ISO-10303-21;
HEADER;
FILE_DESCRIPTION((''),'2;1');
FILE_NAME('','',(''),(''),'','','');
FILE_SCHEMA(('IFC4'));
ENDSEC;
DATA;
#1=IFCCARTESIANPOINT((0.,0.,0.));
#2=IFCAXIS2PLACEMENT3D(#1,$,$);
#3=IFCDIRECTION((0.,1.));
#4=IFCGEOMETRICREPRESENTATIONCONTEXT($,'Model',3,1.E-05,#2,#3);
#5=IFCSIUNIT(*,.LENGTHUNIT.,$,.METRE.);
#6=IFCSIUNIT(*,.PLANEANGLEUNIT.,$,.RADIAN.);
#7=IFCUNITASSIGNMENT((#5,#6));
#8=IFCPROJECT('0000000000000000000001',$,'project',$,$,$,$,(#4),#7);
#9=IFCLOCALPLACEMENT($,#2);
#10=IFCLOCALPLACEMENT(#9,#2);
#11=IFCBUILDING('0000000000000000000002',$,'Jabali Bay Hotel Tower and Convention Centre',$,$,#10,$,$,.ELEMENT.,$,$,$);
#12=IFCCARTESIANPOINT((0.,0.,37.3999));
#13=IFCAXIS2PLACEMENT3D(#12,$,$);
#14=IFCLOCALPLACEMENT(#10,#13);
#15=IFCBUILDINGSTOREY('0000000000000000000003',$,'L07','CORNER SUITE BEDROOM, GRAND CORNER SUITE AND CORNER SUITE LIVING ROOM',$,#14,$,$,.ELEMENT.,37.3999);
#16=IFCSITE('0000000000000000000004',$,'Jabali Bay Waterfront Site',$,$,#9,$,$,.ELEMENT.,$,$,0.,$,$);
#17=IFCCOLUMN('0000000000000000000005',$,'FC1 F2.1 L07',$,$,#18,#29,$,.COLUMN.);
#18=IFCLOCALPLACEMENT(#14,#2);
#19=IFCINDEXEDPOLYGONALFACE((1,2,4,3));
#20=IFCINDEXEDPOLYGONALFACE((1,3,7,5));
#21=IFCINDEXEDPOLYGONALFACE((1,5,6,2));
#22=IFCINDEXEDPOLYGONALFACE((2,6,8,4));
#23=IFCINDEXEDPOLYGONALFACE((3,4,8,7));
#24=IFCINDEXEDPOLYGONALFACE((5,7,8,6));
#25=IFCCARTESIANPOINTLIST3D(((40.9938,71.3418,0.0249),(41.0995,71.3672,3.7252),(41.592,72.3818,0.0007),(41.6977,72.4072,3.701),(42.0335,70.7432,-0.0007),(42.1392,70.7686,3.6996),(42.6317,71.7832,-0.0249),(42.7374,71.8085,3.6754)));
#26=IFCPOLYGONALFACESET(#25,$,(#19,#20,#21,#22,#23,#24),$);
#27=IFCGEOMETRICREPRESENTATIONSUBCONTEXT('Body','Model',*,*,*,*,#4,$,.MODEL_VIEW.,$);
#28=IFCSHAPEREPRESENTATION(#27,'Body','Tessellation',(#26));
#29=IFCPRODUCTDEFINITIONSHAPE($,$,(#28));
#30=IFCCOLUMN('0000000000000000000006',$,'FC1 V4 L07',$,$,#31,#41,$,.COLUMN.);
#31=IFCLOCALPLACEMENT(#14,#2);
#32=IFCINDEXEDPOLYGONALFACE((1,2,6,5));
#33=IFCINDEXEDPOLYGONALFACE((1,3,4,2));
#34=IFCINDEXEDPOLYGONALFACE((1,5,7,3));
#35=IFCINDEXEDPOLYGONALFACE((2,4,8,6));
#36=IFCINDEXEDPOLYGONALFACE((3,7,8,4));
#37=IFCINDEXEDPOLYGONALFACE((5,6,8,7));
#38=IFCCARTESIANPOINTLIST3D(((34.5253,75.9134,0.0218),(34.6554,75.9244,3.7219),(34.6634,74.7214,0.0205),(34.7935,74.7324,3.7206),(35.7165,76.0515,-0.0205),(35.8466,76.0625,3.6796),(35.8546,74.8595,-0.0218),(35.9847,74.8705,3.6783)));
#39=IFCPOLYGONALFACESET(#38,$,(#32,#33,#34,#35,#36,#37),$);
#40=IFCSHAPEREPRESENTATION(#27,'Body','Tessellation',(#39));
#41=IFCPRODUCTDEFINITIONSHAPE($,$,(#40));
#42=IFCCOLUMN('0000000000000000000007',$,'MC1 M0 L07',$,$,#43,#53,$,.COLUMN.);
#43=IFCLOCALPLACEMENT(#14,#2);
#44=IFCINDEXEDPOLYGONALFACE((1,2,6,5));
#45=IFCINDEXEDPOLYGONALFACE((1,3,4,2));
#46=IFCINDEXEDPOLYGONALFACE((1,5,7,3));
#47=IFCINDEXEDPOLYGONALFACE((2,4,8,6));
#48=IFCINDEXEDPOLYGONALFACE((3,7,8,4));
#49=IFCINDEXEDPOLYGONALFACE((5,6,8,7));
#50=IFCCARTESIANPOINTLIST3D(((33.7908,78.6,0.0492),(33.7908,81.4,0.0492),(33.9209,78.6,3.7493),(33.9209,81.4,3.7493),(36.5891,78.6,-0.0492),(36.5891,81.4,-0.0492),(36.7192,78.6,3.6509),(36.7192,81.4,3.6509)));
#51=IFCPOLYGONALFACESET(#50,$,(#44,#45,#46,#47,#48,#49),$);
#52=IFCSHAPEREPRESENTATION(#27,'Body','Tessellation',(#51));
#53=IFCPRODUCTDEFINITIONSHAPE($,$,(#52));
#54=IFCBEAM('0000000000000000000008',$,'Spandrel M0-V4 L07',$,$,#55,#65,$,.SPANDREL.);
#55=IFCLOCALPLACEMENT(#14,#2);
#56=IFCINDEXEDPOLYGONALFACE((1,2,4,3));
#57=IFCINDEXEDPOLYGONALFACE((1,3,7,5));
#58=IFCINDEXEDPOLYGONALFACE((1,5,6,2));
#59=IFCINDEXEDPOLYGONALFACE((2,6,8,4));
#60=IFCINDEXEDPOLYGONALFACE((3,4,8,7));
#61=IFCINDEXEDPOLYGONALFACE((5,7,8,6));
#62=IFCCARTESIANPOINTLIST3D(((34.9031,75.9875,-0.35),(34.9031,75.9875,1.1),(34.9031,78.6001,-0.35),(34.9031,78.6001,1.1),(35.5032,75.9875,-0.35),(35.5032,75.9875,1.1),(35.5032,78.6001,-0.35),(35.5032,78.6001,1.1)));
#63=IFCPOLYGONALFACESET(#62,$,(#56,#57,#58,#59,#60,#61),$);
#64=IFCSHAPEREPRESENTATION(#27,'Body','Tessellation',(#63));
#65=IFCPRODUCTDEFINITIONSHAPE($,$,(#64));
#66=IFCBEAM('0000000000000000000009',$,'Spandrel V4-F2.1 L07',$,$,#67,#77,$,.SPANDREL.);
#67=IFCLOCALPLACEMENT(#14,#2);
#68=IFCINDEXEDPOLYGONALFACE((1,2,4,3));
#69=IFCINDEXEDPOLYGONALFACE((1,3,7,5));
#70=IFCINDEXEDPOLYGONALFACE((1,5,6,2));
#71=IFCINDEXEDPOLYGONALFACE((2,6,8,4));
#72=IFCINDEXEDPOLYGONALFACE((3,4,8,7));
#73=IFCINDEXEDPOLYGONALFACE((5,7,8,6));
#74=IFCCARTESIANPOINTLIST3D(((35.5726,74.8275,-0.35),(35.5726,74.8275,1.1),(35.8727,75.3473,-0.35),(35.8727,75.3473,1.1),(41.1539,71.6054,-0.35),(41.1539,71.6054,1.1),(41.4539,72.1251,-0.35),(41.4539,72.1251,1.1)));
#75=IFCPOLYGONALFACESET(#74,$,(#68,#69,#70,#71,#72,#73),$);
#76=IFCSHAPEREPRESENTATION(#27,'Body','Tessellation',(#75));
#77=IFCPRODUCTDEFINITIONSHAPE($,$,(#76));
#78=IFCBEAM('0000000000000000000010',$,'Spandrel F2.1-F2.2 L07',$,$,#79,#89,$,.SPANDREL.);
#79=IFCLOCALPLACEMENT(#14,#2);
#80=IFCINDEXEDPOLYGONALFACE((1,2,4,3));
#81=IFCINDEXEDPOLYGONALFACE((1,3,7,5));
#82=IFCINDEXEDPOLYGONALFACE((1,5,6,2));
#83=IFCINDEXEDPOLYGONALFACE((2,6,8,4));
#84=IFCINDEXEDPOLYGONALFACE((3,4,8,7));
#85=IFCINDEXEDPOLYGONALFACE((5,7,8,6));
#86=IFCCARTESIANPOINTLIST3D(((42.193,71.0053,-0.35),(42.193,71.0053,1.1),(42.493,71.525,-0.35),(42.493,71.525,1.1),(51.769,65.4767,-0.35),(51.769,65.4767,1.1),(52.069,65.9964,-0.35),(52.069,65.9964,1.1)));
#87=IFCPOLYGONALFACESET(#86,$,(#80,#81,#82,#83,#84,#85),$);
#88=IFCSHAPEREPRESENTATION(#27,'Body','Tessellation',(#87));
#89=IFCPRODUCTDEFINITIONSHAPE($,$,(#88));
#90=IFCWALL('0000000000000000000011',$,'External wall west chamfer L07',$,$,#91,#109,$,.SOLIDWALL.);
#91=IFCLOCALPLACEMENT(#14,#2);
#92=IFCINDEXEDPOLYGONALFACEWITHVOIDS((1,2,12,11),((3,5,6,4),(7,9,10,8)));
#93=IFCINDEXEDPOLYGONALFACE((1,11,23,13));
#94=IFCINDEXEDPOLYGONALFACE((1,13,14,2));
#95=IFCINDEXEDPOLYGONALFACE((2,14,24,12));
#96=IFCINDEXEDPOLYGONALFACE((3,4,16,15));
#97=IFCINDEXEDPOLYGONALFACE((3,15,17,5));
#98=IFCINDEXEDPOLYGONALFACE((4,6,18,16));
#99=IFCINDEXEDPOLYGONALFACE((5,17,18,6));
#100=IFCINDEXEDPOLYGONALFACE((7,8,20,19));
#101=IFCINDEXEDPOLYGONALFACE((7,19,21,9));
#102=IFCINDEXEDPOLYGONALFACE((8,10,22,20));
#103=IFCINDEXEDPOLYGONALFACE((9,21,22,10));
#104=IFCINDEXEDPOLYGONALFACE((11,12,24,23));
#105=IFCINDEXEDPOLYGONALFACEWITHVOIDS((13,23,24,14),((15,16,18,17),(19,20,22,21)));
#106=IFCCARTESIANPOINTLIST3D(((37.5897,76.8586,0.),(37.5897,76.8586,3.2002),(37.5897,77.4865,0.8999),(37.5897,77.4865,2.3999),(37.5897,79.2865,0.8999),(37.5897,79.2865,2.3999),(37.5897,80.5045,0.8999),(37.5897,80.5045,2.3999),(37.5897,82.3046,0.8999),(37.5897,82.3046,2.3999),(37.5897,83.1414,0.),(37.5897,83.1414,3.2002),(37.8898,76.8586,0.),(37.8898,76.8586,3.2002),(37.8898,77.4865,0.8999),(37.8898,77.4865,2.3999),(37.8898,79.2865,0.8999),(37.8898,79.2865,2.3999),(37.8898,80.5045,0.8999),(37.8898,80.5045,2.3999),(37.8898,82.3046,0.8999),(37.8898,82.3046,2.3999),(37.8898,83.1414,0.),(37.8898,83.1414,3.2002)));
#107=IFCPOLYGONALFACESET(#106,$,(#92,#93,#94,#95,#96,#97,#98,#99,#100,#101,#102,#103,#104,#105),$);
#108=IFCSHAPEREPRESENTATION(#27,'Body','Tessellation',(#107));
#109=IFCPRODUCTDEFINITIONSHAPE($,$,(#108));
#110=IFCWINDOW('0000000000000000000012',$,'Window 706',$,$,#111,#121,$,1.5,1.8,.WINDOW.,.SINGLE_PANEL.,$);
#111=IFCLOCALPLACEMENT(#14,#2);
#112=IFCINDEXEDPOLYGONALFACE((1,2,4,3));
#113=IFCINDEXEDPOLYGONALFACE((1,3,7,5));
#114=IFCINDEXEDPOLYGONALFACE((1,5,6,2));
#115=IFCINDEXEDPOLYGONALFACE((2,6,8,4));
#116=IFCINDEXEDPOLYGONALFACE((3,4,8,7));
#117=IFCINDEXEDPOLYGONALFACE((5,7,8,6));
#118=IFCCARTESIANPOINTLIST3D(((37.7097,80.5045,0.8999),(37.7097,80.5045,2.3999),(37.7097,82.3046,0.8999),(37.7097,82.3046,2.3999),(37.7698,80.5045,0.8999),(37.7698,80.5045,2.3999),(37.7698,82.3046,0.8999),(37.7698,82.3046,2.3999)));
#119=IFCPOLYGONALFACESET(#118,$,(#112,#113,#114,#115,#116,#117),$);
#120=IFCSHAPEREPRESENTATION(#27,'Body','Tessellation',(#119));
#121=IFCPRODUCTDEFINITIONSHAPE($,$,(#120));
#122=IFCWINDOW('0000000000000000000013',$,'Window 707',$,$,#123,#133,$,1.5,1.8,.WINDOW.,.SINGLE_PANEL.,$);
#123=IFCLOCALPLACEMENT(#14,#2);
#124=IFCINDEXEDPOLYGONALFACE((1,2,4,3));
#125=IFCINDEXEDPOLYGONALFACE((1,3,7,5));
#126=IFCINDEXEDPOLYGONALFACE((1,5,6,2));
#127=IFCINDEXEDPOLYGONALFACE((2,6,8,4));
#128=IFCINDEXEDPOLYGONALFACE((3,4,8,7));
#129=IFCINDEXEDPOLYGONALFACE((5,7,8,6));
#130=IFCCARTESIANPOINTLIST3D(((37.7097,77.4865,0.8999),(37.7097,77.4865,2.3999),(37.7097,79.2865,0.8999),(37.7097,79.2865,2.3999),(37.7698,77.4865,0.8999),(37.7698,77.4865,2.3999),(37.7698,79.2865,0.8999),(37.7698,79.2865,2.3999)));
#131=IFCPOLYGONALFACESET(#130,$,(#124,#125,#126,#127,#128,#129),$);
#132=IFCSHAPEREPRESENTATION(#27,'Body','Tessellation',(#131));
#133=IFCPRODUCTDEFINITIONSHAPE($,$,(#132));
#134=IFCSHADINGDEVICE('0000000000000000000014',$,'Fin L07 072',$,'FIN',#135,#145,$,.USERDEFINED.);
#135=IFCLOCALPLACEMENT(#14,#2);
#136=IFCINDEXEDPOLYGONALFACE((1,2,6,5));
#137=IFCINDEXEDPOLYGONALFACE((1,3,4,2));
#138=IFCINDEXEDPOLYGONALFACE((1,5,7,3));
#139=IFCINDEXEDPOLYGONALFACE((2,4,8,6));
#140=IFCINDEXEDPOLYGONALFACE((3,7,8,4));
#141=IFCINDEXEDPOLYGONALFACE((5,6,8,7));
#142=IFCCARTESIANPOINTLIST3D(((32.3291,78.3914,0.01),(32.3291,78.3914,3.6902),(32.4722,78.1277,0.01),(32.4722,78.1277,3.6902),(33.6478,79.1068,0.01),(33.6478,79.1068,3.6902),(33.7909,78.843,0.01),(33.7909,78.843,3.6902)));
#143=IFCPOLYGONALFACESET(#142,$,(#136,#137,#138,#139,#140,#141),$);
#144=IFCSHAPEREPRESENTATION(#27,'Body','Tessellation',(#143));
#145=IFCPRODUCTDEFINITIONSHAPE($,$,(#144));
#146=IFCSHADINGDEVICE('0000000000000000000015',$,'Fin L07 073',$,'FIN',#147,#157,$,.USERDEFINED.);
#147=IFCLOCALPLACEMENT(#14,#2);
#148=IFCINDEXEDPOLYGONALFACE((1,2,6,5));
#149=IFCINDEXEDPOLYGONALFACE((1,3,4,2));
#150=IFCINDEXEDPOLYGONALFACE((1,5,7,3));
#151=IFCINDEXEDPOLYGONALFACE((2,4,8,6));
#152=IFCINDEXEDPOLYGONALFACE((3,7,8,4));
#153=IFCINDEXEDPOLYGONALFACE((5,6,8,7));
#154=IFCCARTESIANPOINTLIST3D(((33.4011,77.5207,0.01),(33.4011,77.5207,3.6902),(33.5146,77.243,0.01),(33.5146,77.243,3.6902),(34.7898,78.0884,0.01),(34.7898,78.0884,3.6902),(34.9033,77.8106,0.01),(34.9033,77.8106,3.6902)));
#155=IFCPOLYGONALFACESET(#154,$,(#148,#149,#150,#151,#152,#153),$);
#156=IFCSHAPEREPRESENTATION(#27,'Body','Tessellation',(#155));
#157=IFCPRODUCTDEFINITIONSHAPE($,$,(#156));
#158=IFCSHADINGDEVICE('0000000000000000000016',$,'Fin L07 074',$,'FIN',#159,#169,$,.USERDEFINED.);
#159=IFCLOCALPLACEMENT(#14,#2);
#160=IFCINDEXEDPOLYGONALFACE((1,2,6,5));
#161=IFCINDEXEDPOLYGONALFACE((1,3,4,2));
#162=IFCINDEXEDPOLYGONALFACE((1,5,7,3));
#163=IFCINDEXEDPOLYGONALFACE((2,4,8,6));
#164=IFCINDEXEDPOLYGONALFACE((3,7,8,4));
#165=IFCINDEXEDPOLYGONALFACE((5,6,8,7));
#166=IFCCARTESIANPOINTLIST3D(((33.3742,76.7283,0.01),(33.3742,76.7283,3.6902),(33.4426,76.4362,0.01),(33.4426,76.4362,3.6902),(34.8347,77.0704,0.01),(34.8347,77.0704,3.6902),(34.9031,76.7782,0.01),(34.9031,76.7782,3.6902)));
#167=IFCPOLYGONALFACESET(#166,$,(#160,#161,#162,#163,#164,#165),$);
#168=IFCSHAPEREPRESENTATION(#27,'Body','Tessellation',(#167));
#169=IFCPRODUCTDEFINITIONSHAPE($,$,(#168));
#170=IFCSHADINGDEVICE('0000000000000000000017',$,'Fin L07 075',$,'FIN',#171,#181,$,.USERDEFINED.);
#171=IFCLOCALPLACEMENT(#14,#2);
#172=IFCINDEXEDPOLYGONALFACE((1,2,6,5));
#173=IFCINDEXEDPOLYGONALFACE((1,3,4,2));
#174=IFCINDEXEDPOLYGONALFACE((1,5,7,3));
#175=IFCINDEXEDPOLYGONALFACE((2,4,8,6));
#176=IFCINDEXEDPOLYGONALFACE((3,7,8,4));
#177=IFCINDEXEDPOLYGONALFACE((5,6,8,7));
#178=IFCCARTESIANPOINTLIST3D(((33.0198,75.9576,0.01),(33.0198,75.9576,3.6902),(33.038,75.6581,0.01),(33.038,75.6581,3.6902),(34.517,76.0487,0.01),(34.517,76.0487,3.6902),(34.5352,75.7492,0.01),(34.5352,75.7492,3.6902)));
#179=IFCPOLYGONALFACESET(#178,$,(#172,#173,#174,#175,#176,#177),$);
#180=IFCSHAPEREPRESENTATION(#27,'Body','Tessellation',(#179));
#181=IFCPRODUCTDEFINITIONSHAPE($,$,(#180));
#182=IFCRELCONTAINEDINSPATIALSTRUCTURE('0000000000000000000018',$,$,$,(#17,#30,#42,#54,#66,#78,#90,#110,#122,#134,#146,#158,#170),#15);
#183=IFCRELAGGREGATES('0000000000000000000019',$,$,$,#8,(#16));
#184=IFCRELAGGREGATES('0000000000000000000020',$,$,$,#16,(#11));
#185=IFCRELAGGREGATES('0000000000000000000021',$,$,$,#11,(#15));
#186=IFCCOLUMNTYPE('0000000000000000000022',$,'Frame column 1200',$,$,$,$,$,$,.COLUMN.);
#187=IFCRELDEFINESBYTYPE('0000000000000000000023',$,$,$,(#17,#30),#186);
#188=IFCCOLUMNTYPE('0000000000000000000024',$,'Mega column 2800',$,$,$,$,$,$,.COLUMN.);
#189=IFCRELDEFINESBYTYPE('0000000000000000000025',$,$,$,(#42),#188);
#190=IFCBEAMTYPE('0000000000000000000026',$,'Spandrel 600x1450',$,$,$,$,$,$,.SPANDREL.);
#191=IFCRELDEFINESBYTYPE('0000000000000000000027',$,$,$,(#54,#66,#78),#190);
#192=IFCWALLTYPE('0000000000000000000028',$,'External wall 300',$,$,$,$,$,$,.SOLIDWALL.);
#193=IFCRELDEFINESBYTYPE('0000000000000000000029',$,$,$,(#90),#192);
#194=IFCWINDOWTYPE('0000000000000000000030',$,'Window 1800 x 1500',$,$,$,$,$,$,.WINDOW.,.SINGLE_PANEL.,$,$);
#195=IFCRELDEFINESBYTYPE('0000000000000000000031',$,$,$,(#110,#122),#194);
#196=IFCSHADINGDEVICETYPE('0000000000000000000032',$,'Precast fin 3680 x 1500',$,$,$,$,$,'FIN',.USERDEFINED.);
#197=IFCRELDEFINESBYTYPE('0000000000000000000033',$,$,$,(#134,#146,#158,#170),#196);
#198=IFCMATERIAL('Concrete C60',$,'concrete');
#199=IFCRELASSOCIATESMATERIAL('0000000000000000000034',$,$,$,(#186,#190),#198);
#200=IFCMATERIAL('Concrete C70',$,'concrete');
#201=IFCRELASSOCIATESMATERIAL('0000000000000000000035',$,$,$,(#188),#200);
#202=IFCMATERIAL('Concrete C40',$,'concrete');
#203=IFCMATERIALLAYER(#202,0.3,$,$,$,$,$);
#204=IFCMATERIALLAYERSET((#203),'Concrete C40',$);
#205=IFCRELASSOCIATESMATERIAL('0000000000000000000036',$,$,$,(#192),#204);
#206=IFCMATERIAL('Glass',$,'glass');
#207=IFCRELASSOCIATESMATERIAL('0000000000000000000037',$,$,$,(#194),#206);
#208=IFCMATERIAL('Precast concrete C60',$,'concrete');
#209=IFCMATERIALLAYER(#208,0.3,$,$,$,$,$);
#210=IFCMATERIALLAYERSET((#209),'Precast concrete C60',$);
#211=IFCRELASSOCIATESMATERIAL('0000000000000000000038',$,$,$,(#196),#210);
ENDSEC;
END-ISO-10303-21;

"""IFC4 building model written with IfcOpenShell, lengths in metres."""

from ifc_helpers import new_model, si_unit, direction, frame, frame_2d, origin, origin_2d, place, context, subcontext, project, spatial, rectangle, extrude, material, layer, layer_set, material_profile, profile_set, type_object, element, fill, save


model = new_model("IFC4")

# Units and contexts
model_context = context("Model", 3, precision=1e-05, world=origin(), true_north=direction((0.0, 1.0)))
body_context = subcontext(model_context, "Body", "Model", "MODEL_VIEW")
ifc_project = project(units=[si_unit("LENGTHUNIT", "METRE"), si_unit("PLANEANGLEUNIT", "RADIAN")], contexts=[model_context])

# Site, building, storey
site_placement = place(None, origin())
site = spatial("IfcSite", under=ifc_project, at=site_placement, Name="Jabali Bay Waterfront Site", CompositionType="ELEMENT", RefElevation=0.0)
building_placement = place(site_placement, origin())
building = spatial("IfcBuilding", under=site, at=building_placement, Name="Jabali Bay Hotel Tower and Convention Centre", CompositionType="ELEMENT")
storey_placement = place(building_placement, frame((0.0, 0.0, 37.3999)))
storey = spatial("IfcBuildingStorey", under=building, at=storey_placement, Name="L07", Description="CORNER SUITE BEDROOM, GRAND CORNER SUITE AND CORNER SUITE LIVING ROOM", CompositionType="ELEMENT", Elevation=37.3999)

# Columns
ifc_material_1 = material(Name="Concrete C60", Category="concrete")
ifc_material_profile_1 = material_profile(ifc_material_1, rectangle(XDim=1.2, YDim=1.2, at=origin_2d()), Name="Frame column 1200")
ifc_profile_set_1 = profile_set([ifc_material_profile_1], Name="Concrete C60")
column_type_1 = type_object("IfcColumnType", Name="Frame column 1200", PredefinedType="COLUMN", material=ifc_profile_set_1)
column_1_placement = place(storey_placement, frame((41.8127, 71.5625, 0.0), z_axis=(0.028557, 0.006859, 0.999569), x_axis=(-0.86641, 0.498877, 0.02133)))
element("IfcColumn", 1, at=column_1_placement, inside=storey, type_object=column_type_1, Name="FC1 F2.1 L07", PredefinedType="COLUMN", context=body_context, shape_type="SweptSolid", body=[
    extrude(rectangle(XDim=1.2, YDim=1.2, at=origin_2d()), origin(), (0.0, 0.0, 1.0), 3.7019),
])
column_2_placement = place(storey_placement, frame((35.1899, 75.3865, 0.0), z_axis=(0.035146, 0.002967, 0.999378), x_axis=(-0.115102, 0.993353, 0.001098)))
element("IfcColumn", 2, at=column_2_placement, inside=storey, type_object=column_type_1, Name="FC1 V4 L07", PredefinedType="COLUMN", context=body_context, shape_type="SweptSolid", body=[
    extrude(rectangle(XDim=1.2, YDim=1.2, at=origin_2d()), origin(), (0.0, 0.0, 1.0), 3.7024),
])
ifc_material_2 = material(Name="Concrete C70", Category="concrete")
ifc_material_profile_2 = material_profile(ifc_material_2, rectangle(XDim=2.8, YDim=2.8, at=origin_2d()), Name="Mega column 2800")
ifc_profile_set_2 = profile_set([ifc_material_profile_2], Name="Concrete C70")
column_type_2 = type_object("IfcColumnType", Name="Mega column 2800", PredefinedType="COLUMN", material=ifc_profile_set_2)
column_3_placement = place(storey_placement, frame((35.1899, 80.0, 0.0), z_axis=(0.035146, 0.0, 0.999382), x_axis=(0.0, 1.0, 0.0)))
element("IfcColumn", 3, at=column_3_placement, inside=storey, type_object=column_type_2, Name="MC1 M0 L07", PredefinedType="COLUMN", context=body_context, shape_type="SweptSolid", body=[
    extrude(rectangle(XDim=2.8, YDim=2.8, at=origin_2d()), origin(), (0.0, 0.0, 1.0), 3.7024),
])

# Beams
ifc_material_profile_3 = material_profile(ifc_material_1, rectangle(XDim=0.6001, YDim=1.45, at=origin_2d()), Name="Spandrel 600x1450")
ifc_profile_set_3 = profile_set([ifc_material_profile_3], Name="Concrete C60")
beam_type = type_object("IfcBeamType", Name="Spandrel 600x1450", PredefinedType="SPANDREL", material=ifc_profile_set_3)
beam_1_placement = place(storey_placement, frame((35.2031, 78.6001, 0.375), z_axis=(0.0, -1.0, 0.0), x_axis=(1.0, 0.0, 0.0)))
element("IfcBeam", 4, at=beam_1_placement, inside=storey, type_object=beam_type, Name="Spandrel M0-V4 L07", PredefinedType="SPANDREL", context=body_context, shape_type="SweptSolid", body=[
    extrude(rectangle(XDim=0.6001, YDim=1.45, at=origin_2d()), origin(), (0.0, 0.0, 1.0), 2.6125),
])
beam_2_placement = place(storey_placement, frame((35.7227, 75.0874, 0.375), z_axis=(0.866039, -0.499977, 0.0), x_axis=(0.499977, 0.866039, 0.0)))
element("IfcBeam", 5, at=beam_2_placement, inside=storey, type_object=beam_type, Name="Spandrel V4-F2.1 L07", PredefinedType="SPANDREL", context=body_context, shape_type="SweptSolid", body=[
    extrude(rectangle(XDim=0.6001, YDim=1.45, at=origin_2d()), origin(), (0.0, 0.0, 1.0), 6.4446),
])
beam_3_placement = place(storey_placement, frame((42.343, 71.2651, 0.375), z_axis=(0.866029, -0.499993, 0.0), x_axis=(0.499993, 0.866029, 0.0)))
element("IfcBeam", 6, at=beam_3_placement, inside=storey, type_object=beam_type, Name="Spandrel F2.1-F2.2 L07", PredefinedType="SPANDREL", context=body_context, shape_type="SweptSolid", body=[
    extrude(rectangle(XDim=0.6001, YDim=1.45, at=origin_2d()), origin(), (0.0, 0.0, 1.0), 11.0574),
])

# Wall, openings, windows
ifc_material_3 = material(Name="Concrete C40", Category="concrete")
ifc_layer_1 = layer(ifc_material_3, 0.3)
ifc_layer_set_1 = layer_set([ifc_layer_1], Name="Concrete C40")
wall_type = type_object("IfcWallType", Name="External wall 300", PredefinedType="SOLIDWALL", material=ifc_layer_set_1)
wall_placement = place(storey_placement, frame((37.7397, 76.8586, 0.0), z_axis=(0.0, 0.0, 1.0), x_axis=(0.0, 1.0, 0.0)))
wall = element("IfcWall", 7, at=wall_placement, inside=storey, type_object=wall_type, Name="External wall west chamfer L07", PredefinedType="SOLIDWALL", context=body_context, shape_type="SweptSolid", body=[
    extrude(rectangle(XDim=6.2827, YDim=0.3, at=frame_2d((3.1414, 0.0))), origin(), (0.0, 0.0, 1.0), 3.2002),
])
opening_1_placement = place(wall_placement, frame((3.646, 0.0, 0.8999)))
opening_1 = element("IfcOpeningElement", 8, at=opening_1_placement, cuts=wall, PredefinedType="OPENING", context=body_context, shape_type="SweptSolid", body=[
    extrude(rectangle(XDim=1.8, YDim=1.5, at=frame_2d((0.8999, 0.75))), frame((0.0, 0.1606, 0.0), z_axis=(0.0, -1.0, 0.0), x_axis=(1.0, 0.0, 0.0)), (0.0, 0.0, 1.0), 0.321),
])
opening_2_placement = place(wall_placement, frame((0.6279, 0.0, 0.8999)))
opening_2 = element("IfcOpeningElement", 9, at=opening_2_placement, cuts=wall, PredefinedType="OPENING", context=body_context, shape_type="SweptSolid", body=[
    extrude(rectangle(XDim=1.8, YDim=1.5, at=frame_2d((0.8999, 0.75))), frame((0.0, 0.1606, 0.0), z_axis=(0.0, -1.0, 0.0), x_axis=(1.0, 0.0, 0.0)), (0.0, 0.0, 1.0), 0.321),
])
ifc_material_4 = material(Name="Glass", Category="glass")
window_type = type_object("IfcWindowType", Name="Window 1800 x 1500", PartitioningType="SINGLE_PANEL", PredefinedType="WINDOW", material=ifc_material_4)
window_1_placement = place(opening_1_placement, origin())
window_1 = element("IfcWindow", 10, at=window_1_placement, inside=storey, type_object=window_type, Name="Window 706", OverallHeight=1.5, OverallWidth=1.8, PartitioningType="SINGLE_PANEL", PredefinedType="WINDOW", context=body_context, shape_type="SweptSolid", body=[
    extrude(rectangle(XDim=1.8, YDim=1.5, at=frame_2d((0.8999, 0.75))), frame((0.0, 0.03, 0.0), z_axis=(0.0, -1.0, 0.0), x_axis=(1.0, 0.0, 0.0)), (0.0, 0.0, 1.0), 0.0601),
])
fill(opening_1, window_1)
window_2_placement = place(opening_2_placement, origin())
window_2 = element("IfcWindow", 11, at=window_2_placement, inside=storey, type_object=window_type, Name="Window 707", OverallHeight=1.5, OverallWidth=1.8, PartitioningType="SINGLE_PANEL", PredefinedType="WINDOW", context=body_context, shape_type="SweptSolid", body=[
    extrude(rectangle(XDim=1.8, YDim=1.5, at=frame_2d((0.8999, 0.75))), frame((0.0, 0.03, 0.0), z_axis=(0.0, -1.0, 0.0), x_axis=(1.0, 0.0, 0.0)), (0.0, 0.0, 1.0), 0.0601),
])
fill(opening_2, window_2)

# Shading devices
ifc_material_5 = material(Name="Precast concrete C60", Category="concrete")
ifc_layer_2 = layer(ifc_material_5, 0.3)
ifc_layer_set_2 = layer_set([ifc_layer_2], Name="Precast concrete C60")
shading_device_type = type_object("IfcShadingDeviceType", Name="Precast fin 3680 x 1500", ElementType="FIN", PredefinedType="USERDEFINED", material=ifc_layer_set_2)
for number, where, z_axis, x_axis, name in (
    (12, (33.7192, 78.9749, 0.01), (0.0, 0.0, 1.0), (-0.878988, -0.476844, 0.0), "Fin L07 072"),
    (13, (34.8464, 77.9495, 0.01), (0.0, 0.0, 1.0), (-0.925656, -0.378367, 0.0), "Fin L07 073"),
):
    element("IfcShadingDevice", number, at=place(storey_placement, frame(where, z_axis=z_axis, x_axis=x_axis)), inside=storey, type_object=shading_device_type, Name=name, ObjectType="FIN", PredefinedType="USERDEFINED", context=body_context, shape_type="SweptSolid", body=[
        extrude(rectangle(XDim=1.5002, YDim=0.3, at=frame_2d((0.75, 0.0))), origin(), (0.0, 0.0, 1.0), 3.6802),
    ])
for number, where, z_axis, x_axis, name in (
    (14, (34.8689, 76.9243, 0.01), (0.0, 0.0, 1.0), (-0.973654, -0.228032, 0.0), "Fin L07 074"),
    (15, (34.5261, 75.8989, 0.01), (0.0, 0.0, 1.0), (-0.998156, -0.060706, 0.0), "Fin L07 075"),
):
    element("IfcShadingDevice", number, at=place(storey_placement, frame(where, z_axis=z_axis, x_axis=x_axis)), inside=storey, type_object=shading_device_type, Name=name, ObjectType="FIN", PredefinedType="USERDEFINED", context=body_context, shape_type="SweptSolid", body=[
        extrude(rectangle(XDim=1.5, YDim=0.3, at=frame_2d((0.75, 0.0))), origin(), (0.0, 0.0, 1.0), 3.6802),
    ])

save(model, "model.ifc")
